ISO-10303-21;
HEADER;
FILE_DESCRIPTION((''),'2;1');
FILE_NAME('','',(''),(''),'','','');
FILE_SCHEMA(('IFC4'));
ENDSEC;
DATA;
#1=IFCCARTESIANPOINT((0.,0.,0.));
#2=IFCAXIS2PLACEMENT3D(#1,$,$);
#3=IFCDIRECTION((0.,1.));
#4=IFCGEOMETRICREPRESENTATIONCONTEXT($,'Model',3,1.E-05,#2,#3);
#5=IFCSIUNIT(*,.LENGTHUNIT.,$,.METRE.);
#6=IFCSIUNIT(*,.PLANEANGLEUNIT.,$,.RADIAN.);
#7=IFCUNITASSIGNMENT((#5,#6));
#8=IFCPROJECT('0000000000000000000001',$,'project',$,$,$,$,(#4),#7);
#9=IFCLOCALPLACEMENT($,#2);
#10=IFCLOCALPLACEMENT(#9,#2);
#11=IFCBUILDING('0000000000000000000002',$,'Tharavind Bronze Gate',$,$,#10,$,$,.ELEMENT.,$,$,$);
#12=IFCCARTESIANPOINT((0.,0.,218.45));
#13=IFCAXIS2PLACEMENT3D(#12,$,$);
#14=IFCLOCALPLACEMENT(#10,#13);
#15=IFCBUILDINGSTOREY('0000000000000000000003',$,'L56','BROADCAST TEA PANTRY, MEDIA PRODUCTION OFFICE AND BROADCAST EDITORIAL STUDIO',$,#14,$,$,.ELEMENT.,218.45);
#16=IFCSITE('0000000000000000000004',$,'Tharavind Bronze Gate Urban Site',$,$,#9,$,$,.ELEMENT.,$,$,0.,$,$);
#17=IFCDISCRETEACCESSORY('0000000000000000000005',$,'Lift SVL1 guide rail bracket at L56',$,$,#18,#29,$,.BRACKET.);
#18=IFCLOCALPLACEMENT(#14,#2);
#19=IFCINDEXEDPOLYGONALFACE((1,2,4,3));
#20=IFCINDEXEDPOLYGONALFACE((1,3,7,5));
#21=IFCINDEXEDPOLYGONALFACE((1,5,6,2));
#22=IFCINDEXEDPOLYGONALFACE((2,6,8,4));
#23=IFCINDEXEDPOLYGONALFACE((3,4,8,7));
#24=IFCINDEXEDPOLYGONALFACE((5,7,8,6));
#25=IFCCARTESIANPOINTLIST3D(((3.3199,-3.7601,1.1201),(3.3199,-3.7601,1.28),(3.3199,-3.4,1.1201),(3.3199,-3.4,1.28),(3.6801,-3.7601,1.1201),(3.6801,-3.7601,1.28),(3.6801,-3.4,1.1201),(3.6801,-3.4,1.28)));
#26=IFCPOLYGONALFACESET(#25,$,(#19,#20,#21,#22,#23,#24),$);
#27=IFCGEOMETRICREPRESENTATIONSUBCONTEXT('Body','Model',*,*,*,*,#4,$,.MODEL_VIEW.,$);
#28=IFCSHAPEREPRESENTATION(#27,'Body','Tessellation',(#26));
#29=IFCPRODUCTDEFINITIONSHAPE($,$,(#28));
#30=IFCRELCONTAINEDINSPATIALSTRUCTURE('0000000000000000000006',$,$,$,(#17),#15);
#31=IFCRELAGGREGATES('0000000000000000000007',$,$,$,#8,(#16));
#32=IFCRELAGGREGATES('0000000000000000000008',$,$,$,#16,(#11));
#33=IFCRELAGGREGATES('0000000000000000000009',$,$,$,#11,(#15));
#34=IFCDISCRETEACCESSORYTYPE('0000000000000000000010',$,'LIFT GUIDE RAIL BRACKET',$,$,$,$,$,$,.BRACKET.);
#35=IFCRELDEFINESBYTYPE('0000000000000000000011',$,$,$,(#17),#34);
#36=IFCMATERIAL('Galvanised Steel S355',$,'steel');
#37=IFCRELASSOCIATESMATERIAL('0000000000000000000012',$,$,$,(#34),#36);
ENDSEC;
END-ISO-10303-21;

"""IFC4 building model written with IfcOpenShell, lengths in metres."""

from ifc_helpers import new_model, si_unit, direction, frame, origin, origin_2d, place, context, subcontext, project, spatial, rectangle, extrude, material, type_object, element, save


model = new_model("IFC4")

# Units and contexts
model_context = context("Model", 3, precision=1e-05, world=origin(), true_north=direction((0.0, 1.0)))
body_context = subcontext(model_context, "Body", "Model", "MODEL_VIEW")
ifc_project = project(units=[si_unit("LENGTHUNIT", "METRE"), si_unit("PLANEANGLEUNIT", "RADIAN")], contexts=[model_context])

# Site, building, storey
site_placement = place(None, origin())
site = spatial("IfcSite", under=ifc_project, at=site_placement, Name="Tharavind Bronze Gate Urban Site", CompositionType="ELEMENT", RefElevation=0.0)
building_placement = place(site_placement, origin())
building = spatial("IfcBuilding", under=site, at=building_placement, Name="Tharavind Bronze Gate", CompositionType="ELEMENT")
storey_placement = place(building_placement, frame((0.0, 0.0, 218.45)))
storey = spatial("IfcBuildingStorey", under=building, at=storey_placement, Name="L56", Description="BROADCAST TEA PANTRY, MEDIA PRODUCTION OFFICE AND BROADCAST EDITORIAL STUDIO", CompositionType="ELEMENT", Elevation=218.45)

# Discrete accessory
ifc_material_1 = material(Name="Galvanised Steel S355", Category="steel")
discrete_accessory_type = type_object("IfcDiscreteAccessoryType", Name="LIFT GUIDE RAIL BRACKET", PredefinedType="BRACKET", material=ifc_material_1)
discrete_accessory_placement = place(storey_placement, frame((3.5, -3.5801, 1.1201), z_axis=(0.0, 0.0, 1.0), x_axis=(1.0, 0.0, 0.0)))
element("IfcDiscreteAccessory", 1, at=discrete_accessory_placement, inside=storey, type_object=discrete_accessory_type, Name="Lift SVL1 guide rail bracket at L56", PredefinedType="BRACKET", context=body_context, shape_type="SweptSolid", body=[
    extrude(rectangle(XDim=0.3601, YDim=0.3601, at=origin_2d()), origin(), (0.0, 0.0, 1.0), 0.1599),
])

save(model, "model.ifc")
